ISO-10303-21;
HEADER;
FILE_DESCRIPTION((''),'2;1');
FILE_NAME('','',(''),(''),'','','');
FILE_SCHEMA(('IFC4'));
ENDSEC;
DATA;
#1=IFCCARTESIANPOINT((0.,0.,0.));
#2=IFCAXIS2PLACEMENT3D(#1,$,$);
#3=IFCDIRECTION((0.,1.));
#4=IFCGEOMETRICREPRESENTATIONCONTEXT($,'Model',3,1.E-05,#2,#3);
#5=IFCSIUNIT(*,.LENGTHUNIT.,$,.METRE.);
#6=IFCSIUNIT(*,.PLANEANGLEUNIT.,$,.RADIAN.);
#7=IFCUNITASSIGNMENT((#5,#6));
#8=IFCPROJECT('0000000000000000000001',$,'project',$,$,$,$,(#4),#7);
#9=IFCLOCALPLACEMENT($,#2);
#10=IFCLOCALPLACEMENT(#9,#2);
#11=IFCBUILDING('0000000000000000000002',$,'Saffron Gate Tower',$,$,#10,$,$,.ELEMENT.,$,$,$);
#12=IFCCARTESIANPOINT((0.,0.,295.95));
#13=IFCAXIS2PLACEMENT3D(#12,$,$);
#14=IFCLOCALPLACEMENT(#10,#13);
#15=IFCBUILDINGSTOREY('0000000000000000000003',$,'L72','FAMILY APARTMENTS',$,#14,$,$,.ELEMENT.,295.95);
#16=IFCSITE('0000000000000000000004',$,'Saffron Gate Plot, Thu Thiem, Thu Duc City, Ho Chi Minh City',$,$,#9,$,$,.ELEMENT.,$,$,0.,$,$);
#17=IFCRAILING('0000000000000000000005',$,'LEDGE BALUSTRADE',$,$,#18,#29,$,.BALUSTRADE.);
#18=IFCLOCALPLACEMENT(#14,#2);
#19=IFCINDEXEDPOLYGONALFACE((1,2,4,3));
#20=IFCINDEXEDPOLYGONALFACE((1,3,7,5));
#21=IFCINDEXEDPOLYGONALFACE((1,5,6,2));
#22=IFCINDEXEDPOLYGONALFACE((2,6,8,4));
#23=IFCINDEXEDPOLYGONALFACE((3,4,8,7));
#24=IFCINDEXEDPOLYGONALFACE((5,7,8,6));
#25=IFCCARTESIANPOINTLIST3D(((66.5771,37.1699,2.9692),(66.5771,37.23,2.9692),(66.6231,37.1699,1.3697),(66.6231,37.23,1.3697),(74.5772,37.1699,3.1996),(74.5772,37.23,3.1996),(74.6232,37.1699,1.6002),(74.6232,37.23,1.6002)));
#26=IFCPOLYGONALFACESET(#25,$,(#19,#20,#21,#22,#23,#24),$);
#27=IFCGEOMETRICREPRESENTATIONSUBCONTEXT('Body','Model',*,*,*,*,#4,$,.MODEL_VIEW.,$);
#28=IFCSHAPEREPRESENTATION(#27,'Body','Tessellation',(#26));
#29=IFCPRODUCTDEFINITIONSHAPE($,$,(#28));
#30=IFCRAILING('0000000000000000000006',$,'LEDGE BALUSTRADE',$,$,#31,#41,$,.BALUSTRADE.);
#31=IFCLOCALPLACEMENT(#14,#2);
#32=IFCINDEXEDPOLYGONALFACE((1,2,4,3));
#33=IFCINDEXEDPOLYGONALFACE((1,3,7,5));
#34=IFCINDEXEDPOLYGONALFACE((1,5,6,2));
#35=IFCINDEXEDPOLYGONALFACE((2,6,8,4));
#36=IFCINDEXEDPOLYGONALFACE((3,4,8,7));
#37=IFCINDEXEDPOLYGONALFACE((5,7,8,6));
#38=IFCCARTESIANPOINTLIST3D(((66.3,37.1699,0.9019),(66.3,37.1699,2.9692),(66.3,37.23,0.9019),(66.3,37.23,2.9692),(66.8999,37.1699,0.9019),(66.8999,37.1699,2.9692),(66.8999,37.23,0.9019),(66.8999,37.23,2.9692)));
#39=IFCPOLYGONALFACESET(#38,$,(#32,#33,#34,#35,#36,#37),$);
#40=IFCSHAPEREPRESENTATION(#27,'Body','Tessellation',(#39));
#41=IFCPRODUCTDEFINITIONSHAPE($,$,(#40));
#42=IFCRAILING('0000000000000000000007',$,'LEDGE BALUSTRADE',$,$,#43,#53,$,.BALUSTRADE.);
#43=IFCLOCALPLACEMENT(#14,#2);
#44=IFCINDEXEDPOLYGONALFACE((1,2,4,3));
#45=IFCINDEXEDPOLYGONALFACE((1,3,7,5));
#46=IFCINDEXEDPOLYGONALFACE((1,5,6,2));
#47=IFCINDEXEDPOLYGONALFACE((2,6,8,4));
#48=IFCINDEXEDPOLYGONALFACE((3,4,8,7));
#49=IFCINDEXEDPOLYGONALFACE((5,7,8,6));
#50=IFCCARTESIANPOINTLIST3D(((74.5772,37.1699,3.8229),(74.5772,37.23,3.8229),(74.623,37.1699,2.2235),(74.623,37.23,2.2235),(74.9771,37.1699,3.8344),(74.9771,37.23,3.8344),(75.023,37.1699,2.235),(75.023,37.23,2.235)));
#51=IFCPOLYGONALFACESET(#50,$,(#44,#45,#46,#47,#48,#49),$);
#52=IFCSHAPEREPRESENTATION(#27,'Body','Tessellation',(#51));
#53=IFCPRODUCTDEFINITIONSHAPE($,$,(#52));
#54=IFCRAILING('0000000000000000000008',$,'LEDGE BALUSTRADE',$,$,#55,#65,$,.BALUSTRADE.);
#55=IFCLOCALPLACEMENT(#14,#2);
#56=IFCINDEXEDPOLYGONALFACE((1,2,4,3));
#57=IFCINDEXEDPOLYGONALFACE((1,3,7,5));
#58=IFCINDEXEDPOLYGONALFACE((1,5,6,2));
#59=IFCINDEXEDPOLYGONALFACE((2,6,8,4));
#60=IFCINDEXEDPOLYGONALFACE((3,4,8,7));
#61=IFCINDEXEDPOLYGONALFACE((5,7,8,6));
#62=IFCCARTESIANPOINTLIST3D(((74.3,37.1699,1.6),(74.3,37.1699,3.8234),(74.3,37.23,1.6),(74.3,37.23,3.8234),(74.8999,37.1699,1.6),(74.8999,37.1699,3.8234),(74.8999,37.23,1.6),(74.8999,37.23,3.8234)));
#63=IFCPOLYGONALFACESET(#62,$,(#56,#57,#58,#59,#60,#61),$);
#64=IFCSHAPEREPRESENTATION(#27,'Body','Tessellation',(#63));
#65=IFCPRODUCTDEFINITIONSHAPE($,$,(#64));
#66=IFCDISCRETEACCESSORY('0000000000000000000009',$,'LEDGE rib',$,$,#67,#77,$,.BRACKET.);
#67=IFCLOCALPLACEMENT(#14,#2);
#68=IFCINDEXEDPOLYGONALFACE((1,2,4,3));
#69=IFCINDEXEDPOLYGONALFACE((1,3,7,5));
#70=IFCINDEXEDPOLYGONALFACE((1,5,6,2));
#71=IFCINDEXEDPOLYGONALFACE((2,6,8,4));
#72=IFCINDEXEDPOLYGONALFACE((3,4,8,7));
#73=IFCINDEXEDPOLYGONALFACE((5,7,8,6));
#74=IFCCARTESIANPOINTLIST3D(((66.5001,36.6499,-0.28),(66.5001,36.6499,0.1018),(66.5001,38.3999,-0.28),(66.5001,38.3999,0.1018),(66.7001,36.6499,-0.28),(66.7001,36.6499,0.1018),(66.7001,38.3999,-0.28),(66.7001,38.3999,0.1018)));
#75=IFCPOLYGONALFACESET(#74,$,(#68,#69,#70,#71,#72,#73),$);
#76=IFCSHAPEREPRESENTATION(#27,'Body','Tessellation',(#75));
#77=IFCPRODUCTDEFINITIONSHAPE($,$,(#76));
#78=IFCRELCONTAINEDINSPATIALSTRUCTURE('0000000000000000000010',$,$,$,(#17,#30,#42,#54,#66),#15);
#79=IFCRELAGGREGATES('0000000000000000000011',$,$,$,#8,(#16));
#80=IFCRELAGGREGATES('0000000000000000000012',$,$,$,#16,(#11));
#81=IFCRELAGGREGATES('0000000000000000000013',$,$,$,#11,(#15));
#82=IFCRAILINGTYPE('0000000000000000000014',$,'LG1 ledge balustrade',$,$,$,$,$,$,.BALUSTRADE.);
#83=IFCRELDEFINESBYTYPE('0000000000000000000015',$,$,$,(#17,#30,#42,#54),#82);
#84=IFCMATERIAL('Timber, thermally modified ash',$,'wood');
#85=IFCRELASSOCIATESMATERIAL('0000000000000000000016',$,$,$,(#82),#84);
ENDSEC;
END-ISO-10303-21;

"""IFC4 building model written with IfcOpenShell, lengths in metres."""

from ifc_helpers import new_model, si_unit, direction, frame, origin, origin_2d, place, context, subcontext, project, spatial, rectangle, extrude, material, type_object, element, save


model = new_model("IFC4")

# Units and contexts
model_context = context("Model", 3, precision=1e-05, world=origin(), true_north=direction((0.0, 1.0)))
body_context = subcontext(model_context, "Body", "Model", "MODEL_VIEW")
ifc_project = project(units=[si_unit("LENGTHUNIT", "METRE"), si_unit("PLANEANGLEUNIT", "RADIAN")], contexts=[model_context])

# Site, building, storey
site_placement = place(None, origin())
site = spatial("IfcSite", under=ifc_project, at=site_placement, Name="Saffron Gate Plot, Thu Thiem, Thu Duc City, Ho Chi Minh City", CompositionType="ELEMENT", RefElevation=0.0)
building_placement = place(site_placement, origin())
building = spatial("IfcBuilding", under=site, at=building_placement, Name="Saffron Gate Tower", CompositionType="ELEMENT")
storey_placement = place(building_placement, frame((0.0, 0.0, 295.95)))
storey = spatial("IfcBuildingStorey", under=building, at=storey_placement, Name="L72", Description="FAMILY APARTMENTS", CompositionType="ELEMENT", Elevation=295.95)

# Shared definitions
ifc_material_1 = material(Name="Timber, thermally modified ash", Category="wood")

# Railings
railing_type_1 = type_object("IfcRailingType", Name="LG1 ledge balustrade", PredefinedType="BALUSTRADE", material=ifc_material_1)
railing_1_placement = place(storey_placement, frame((66.6001, 37.2, 1.3694)))
element("IfcRailing", 1, at=railing_1_placement, inside=storey, type_object=railing_type_1, Name="LEDGE BALUSTRADE", PredefinedType="BALUSTRADE", context=body_context, shape_type="SweptSolid", body=[
    extrude(rectangle(XDim=0.0601, YDim=1.6001, at=origin_2d()), frame((0.0, 0.0, 0.8), z_axis=(0.999585, 0.0, 0.028797), x_axis=(0.0, 1.0, 0.0)), (0.0, 0.0, 1.0), 8.0034),
])
railing_2_placement = place(storey_placement, frame((66.3, 37.2, 0.9019)))
element("IfcRailing", 2, at=railing_2_placement, inside=storey, type_object=railing_type_1, Name="LEDGE BALUSTRADE", PredefinedType="BALUSTRADE", context=body_context, shape_type="SweptSolid", body=[
    extrude(rectangle(XDim=0.0601, YDim=2.0674, at=origin_2d()), frame((0.0, 0.0, 1.0337), z_axis=(1.0, 0.0, 0.0), x_axis=(0.0, 1.0, 0.0)), (0.0, 0.0, 1.0), 0.5999),
])
railing_3_placement = place(storey_placement, frame((74.6001, 37.2, 2.2231)))
element("IfcRailing", 3, at=railing_3_placement, inside=storey, type_object=railing_type_1, Name="LEDGE BALUSTRADE", PredefinedType="BALUSTRADE", context=body_context, shape_type="SweptSolid", body=[
    extrude(rectangle(XDim=0.0601, YDim=1.6001, at=origin_2d()), frame((0.0, 0.0, 0.8), z_axis=(0.999589, 0.0, 0.028682), x_axis=(0.0, 1.0, 0.0)), (0.0, 0.0, 1.0), 0.4001),
])
railing_4_placement = place(storey_placement, frame((74.3, 37.2, 1.5999)))
element("IfcRailing", 4, at=railing_4_placement, inside=storey, type_object=railing_type_1, Name="LEDGE BALUSTRADE", PredefinedType="BALUSTRADE", context=body_context, shape_type="SweptSolid", body=[
    extrude(rectangle(XDim=0.0601, YDim=2.2234, at=origin_2d()), frame((0.0, 0.0, 1.1118), z_axis=(1.0, 0.0, 0.0), x_axis=(0.0, 1.0, 0.0)), (0.0, 0.0, 1.0), 0.5999),
])

# Discrete accessory
discrete_accessory_placement = place(storey_placement, frame((66.6001, 37.5249, -0.28), z_axis=(0.0, 0.0, 1.0), x_axis=(1.0, 0.0, 0.0)))
element("IfcDiscreteAccessory", 5, at=discrete_accessory_placement, inside=storey, Name="LEDGE rib", PredefinedType="BRACKET", context=body_context, shape_type="SweptSolid", body=[
    extrude(rectangle(XDim=0.2, YDim=1.75, at=origin_2d()), origin(), (0.0, 0.0, 1.0), 0.3818),
])

save(model, "model.ifc")
